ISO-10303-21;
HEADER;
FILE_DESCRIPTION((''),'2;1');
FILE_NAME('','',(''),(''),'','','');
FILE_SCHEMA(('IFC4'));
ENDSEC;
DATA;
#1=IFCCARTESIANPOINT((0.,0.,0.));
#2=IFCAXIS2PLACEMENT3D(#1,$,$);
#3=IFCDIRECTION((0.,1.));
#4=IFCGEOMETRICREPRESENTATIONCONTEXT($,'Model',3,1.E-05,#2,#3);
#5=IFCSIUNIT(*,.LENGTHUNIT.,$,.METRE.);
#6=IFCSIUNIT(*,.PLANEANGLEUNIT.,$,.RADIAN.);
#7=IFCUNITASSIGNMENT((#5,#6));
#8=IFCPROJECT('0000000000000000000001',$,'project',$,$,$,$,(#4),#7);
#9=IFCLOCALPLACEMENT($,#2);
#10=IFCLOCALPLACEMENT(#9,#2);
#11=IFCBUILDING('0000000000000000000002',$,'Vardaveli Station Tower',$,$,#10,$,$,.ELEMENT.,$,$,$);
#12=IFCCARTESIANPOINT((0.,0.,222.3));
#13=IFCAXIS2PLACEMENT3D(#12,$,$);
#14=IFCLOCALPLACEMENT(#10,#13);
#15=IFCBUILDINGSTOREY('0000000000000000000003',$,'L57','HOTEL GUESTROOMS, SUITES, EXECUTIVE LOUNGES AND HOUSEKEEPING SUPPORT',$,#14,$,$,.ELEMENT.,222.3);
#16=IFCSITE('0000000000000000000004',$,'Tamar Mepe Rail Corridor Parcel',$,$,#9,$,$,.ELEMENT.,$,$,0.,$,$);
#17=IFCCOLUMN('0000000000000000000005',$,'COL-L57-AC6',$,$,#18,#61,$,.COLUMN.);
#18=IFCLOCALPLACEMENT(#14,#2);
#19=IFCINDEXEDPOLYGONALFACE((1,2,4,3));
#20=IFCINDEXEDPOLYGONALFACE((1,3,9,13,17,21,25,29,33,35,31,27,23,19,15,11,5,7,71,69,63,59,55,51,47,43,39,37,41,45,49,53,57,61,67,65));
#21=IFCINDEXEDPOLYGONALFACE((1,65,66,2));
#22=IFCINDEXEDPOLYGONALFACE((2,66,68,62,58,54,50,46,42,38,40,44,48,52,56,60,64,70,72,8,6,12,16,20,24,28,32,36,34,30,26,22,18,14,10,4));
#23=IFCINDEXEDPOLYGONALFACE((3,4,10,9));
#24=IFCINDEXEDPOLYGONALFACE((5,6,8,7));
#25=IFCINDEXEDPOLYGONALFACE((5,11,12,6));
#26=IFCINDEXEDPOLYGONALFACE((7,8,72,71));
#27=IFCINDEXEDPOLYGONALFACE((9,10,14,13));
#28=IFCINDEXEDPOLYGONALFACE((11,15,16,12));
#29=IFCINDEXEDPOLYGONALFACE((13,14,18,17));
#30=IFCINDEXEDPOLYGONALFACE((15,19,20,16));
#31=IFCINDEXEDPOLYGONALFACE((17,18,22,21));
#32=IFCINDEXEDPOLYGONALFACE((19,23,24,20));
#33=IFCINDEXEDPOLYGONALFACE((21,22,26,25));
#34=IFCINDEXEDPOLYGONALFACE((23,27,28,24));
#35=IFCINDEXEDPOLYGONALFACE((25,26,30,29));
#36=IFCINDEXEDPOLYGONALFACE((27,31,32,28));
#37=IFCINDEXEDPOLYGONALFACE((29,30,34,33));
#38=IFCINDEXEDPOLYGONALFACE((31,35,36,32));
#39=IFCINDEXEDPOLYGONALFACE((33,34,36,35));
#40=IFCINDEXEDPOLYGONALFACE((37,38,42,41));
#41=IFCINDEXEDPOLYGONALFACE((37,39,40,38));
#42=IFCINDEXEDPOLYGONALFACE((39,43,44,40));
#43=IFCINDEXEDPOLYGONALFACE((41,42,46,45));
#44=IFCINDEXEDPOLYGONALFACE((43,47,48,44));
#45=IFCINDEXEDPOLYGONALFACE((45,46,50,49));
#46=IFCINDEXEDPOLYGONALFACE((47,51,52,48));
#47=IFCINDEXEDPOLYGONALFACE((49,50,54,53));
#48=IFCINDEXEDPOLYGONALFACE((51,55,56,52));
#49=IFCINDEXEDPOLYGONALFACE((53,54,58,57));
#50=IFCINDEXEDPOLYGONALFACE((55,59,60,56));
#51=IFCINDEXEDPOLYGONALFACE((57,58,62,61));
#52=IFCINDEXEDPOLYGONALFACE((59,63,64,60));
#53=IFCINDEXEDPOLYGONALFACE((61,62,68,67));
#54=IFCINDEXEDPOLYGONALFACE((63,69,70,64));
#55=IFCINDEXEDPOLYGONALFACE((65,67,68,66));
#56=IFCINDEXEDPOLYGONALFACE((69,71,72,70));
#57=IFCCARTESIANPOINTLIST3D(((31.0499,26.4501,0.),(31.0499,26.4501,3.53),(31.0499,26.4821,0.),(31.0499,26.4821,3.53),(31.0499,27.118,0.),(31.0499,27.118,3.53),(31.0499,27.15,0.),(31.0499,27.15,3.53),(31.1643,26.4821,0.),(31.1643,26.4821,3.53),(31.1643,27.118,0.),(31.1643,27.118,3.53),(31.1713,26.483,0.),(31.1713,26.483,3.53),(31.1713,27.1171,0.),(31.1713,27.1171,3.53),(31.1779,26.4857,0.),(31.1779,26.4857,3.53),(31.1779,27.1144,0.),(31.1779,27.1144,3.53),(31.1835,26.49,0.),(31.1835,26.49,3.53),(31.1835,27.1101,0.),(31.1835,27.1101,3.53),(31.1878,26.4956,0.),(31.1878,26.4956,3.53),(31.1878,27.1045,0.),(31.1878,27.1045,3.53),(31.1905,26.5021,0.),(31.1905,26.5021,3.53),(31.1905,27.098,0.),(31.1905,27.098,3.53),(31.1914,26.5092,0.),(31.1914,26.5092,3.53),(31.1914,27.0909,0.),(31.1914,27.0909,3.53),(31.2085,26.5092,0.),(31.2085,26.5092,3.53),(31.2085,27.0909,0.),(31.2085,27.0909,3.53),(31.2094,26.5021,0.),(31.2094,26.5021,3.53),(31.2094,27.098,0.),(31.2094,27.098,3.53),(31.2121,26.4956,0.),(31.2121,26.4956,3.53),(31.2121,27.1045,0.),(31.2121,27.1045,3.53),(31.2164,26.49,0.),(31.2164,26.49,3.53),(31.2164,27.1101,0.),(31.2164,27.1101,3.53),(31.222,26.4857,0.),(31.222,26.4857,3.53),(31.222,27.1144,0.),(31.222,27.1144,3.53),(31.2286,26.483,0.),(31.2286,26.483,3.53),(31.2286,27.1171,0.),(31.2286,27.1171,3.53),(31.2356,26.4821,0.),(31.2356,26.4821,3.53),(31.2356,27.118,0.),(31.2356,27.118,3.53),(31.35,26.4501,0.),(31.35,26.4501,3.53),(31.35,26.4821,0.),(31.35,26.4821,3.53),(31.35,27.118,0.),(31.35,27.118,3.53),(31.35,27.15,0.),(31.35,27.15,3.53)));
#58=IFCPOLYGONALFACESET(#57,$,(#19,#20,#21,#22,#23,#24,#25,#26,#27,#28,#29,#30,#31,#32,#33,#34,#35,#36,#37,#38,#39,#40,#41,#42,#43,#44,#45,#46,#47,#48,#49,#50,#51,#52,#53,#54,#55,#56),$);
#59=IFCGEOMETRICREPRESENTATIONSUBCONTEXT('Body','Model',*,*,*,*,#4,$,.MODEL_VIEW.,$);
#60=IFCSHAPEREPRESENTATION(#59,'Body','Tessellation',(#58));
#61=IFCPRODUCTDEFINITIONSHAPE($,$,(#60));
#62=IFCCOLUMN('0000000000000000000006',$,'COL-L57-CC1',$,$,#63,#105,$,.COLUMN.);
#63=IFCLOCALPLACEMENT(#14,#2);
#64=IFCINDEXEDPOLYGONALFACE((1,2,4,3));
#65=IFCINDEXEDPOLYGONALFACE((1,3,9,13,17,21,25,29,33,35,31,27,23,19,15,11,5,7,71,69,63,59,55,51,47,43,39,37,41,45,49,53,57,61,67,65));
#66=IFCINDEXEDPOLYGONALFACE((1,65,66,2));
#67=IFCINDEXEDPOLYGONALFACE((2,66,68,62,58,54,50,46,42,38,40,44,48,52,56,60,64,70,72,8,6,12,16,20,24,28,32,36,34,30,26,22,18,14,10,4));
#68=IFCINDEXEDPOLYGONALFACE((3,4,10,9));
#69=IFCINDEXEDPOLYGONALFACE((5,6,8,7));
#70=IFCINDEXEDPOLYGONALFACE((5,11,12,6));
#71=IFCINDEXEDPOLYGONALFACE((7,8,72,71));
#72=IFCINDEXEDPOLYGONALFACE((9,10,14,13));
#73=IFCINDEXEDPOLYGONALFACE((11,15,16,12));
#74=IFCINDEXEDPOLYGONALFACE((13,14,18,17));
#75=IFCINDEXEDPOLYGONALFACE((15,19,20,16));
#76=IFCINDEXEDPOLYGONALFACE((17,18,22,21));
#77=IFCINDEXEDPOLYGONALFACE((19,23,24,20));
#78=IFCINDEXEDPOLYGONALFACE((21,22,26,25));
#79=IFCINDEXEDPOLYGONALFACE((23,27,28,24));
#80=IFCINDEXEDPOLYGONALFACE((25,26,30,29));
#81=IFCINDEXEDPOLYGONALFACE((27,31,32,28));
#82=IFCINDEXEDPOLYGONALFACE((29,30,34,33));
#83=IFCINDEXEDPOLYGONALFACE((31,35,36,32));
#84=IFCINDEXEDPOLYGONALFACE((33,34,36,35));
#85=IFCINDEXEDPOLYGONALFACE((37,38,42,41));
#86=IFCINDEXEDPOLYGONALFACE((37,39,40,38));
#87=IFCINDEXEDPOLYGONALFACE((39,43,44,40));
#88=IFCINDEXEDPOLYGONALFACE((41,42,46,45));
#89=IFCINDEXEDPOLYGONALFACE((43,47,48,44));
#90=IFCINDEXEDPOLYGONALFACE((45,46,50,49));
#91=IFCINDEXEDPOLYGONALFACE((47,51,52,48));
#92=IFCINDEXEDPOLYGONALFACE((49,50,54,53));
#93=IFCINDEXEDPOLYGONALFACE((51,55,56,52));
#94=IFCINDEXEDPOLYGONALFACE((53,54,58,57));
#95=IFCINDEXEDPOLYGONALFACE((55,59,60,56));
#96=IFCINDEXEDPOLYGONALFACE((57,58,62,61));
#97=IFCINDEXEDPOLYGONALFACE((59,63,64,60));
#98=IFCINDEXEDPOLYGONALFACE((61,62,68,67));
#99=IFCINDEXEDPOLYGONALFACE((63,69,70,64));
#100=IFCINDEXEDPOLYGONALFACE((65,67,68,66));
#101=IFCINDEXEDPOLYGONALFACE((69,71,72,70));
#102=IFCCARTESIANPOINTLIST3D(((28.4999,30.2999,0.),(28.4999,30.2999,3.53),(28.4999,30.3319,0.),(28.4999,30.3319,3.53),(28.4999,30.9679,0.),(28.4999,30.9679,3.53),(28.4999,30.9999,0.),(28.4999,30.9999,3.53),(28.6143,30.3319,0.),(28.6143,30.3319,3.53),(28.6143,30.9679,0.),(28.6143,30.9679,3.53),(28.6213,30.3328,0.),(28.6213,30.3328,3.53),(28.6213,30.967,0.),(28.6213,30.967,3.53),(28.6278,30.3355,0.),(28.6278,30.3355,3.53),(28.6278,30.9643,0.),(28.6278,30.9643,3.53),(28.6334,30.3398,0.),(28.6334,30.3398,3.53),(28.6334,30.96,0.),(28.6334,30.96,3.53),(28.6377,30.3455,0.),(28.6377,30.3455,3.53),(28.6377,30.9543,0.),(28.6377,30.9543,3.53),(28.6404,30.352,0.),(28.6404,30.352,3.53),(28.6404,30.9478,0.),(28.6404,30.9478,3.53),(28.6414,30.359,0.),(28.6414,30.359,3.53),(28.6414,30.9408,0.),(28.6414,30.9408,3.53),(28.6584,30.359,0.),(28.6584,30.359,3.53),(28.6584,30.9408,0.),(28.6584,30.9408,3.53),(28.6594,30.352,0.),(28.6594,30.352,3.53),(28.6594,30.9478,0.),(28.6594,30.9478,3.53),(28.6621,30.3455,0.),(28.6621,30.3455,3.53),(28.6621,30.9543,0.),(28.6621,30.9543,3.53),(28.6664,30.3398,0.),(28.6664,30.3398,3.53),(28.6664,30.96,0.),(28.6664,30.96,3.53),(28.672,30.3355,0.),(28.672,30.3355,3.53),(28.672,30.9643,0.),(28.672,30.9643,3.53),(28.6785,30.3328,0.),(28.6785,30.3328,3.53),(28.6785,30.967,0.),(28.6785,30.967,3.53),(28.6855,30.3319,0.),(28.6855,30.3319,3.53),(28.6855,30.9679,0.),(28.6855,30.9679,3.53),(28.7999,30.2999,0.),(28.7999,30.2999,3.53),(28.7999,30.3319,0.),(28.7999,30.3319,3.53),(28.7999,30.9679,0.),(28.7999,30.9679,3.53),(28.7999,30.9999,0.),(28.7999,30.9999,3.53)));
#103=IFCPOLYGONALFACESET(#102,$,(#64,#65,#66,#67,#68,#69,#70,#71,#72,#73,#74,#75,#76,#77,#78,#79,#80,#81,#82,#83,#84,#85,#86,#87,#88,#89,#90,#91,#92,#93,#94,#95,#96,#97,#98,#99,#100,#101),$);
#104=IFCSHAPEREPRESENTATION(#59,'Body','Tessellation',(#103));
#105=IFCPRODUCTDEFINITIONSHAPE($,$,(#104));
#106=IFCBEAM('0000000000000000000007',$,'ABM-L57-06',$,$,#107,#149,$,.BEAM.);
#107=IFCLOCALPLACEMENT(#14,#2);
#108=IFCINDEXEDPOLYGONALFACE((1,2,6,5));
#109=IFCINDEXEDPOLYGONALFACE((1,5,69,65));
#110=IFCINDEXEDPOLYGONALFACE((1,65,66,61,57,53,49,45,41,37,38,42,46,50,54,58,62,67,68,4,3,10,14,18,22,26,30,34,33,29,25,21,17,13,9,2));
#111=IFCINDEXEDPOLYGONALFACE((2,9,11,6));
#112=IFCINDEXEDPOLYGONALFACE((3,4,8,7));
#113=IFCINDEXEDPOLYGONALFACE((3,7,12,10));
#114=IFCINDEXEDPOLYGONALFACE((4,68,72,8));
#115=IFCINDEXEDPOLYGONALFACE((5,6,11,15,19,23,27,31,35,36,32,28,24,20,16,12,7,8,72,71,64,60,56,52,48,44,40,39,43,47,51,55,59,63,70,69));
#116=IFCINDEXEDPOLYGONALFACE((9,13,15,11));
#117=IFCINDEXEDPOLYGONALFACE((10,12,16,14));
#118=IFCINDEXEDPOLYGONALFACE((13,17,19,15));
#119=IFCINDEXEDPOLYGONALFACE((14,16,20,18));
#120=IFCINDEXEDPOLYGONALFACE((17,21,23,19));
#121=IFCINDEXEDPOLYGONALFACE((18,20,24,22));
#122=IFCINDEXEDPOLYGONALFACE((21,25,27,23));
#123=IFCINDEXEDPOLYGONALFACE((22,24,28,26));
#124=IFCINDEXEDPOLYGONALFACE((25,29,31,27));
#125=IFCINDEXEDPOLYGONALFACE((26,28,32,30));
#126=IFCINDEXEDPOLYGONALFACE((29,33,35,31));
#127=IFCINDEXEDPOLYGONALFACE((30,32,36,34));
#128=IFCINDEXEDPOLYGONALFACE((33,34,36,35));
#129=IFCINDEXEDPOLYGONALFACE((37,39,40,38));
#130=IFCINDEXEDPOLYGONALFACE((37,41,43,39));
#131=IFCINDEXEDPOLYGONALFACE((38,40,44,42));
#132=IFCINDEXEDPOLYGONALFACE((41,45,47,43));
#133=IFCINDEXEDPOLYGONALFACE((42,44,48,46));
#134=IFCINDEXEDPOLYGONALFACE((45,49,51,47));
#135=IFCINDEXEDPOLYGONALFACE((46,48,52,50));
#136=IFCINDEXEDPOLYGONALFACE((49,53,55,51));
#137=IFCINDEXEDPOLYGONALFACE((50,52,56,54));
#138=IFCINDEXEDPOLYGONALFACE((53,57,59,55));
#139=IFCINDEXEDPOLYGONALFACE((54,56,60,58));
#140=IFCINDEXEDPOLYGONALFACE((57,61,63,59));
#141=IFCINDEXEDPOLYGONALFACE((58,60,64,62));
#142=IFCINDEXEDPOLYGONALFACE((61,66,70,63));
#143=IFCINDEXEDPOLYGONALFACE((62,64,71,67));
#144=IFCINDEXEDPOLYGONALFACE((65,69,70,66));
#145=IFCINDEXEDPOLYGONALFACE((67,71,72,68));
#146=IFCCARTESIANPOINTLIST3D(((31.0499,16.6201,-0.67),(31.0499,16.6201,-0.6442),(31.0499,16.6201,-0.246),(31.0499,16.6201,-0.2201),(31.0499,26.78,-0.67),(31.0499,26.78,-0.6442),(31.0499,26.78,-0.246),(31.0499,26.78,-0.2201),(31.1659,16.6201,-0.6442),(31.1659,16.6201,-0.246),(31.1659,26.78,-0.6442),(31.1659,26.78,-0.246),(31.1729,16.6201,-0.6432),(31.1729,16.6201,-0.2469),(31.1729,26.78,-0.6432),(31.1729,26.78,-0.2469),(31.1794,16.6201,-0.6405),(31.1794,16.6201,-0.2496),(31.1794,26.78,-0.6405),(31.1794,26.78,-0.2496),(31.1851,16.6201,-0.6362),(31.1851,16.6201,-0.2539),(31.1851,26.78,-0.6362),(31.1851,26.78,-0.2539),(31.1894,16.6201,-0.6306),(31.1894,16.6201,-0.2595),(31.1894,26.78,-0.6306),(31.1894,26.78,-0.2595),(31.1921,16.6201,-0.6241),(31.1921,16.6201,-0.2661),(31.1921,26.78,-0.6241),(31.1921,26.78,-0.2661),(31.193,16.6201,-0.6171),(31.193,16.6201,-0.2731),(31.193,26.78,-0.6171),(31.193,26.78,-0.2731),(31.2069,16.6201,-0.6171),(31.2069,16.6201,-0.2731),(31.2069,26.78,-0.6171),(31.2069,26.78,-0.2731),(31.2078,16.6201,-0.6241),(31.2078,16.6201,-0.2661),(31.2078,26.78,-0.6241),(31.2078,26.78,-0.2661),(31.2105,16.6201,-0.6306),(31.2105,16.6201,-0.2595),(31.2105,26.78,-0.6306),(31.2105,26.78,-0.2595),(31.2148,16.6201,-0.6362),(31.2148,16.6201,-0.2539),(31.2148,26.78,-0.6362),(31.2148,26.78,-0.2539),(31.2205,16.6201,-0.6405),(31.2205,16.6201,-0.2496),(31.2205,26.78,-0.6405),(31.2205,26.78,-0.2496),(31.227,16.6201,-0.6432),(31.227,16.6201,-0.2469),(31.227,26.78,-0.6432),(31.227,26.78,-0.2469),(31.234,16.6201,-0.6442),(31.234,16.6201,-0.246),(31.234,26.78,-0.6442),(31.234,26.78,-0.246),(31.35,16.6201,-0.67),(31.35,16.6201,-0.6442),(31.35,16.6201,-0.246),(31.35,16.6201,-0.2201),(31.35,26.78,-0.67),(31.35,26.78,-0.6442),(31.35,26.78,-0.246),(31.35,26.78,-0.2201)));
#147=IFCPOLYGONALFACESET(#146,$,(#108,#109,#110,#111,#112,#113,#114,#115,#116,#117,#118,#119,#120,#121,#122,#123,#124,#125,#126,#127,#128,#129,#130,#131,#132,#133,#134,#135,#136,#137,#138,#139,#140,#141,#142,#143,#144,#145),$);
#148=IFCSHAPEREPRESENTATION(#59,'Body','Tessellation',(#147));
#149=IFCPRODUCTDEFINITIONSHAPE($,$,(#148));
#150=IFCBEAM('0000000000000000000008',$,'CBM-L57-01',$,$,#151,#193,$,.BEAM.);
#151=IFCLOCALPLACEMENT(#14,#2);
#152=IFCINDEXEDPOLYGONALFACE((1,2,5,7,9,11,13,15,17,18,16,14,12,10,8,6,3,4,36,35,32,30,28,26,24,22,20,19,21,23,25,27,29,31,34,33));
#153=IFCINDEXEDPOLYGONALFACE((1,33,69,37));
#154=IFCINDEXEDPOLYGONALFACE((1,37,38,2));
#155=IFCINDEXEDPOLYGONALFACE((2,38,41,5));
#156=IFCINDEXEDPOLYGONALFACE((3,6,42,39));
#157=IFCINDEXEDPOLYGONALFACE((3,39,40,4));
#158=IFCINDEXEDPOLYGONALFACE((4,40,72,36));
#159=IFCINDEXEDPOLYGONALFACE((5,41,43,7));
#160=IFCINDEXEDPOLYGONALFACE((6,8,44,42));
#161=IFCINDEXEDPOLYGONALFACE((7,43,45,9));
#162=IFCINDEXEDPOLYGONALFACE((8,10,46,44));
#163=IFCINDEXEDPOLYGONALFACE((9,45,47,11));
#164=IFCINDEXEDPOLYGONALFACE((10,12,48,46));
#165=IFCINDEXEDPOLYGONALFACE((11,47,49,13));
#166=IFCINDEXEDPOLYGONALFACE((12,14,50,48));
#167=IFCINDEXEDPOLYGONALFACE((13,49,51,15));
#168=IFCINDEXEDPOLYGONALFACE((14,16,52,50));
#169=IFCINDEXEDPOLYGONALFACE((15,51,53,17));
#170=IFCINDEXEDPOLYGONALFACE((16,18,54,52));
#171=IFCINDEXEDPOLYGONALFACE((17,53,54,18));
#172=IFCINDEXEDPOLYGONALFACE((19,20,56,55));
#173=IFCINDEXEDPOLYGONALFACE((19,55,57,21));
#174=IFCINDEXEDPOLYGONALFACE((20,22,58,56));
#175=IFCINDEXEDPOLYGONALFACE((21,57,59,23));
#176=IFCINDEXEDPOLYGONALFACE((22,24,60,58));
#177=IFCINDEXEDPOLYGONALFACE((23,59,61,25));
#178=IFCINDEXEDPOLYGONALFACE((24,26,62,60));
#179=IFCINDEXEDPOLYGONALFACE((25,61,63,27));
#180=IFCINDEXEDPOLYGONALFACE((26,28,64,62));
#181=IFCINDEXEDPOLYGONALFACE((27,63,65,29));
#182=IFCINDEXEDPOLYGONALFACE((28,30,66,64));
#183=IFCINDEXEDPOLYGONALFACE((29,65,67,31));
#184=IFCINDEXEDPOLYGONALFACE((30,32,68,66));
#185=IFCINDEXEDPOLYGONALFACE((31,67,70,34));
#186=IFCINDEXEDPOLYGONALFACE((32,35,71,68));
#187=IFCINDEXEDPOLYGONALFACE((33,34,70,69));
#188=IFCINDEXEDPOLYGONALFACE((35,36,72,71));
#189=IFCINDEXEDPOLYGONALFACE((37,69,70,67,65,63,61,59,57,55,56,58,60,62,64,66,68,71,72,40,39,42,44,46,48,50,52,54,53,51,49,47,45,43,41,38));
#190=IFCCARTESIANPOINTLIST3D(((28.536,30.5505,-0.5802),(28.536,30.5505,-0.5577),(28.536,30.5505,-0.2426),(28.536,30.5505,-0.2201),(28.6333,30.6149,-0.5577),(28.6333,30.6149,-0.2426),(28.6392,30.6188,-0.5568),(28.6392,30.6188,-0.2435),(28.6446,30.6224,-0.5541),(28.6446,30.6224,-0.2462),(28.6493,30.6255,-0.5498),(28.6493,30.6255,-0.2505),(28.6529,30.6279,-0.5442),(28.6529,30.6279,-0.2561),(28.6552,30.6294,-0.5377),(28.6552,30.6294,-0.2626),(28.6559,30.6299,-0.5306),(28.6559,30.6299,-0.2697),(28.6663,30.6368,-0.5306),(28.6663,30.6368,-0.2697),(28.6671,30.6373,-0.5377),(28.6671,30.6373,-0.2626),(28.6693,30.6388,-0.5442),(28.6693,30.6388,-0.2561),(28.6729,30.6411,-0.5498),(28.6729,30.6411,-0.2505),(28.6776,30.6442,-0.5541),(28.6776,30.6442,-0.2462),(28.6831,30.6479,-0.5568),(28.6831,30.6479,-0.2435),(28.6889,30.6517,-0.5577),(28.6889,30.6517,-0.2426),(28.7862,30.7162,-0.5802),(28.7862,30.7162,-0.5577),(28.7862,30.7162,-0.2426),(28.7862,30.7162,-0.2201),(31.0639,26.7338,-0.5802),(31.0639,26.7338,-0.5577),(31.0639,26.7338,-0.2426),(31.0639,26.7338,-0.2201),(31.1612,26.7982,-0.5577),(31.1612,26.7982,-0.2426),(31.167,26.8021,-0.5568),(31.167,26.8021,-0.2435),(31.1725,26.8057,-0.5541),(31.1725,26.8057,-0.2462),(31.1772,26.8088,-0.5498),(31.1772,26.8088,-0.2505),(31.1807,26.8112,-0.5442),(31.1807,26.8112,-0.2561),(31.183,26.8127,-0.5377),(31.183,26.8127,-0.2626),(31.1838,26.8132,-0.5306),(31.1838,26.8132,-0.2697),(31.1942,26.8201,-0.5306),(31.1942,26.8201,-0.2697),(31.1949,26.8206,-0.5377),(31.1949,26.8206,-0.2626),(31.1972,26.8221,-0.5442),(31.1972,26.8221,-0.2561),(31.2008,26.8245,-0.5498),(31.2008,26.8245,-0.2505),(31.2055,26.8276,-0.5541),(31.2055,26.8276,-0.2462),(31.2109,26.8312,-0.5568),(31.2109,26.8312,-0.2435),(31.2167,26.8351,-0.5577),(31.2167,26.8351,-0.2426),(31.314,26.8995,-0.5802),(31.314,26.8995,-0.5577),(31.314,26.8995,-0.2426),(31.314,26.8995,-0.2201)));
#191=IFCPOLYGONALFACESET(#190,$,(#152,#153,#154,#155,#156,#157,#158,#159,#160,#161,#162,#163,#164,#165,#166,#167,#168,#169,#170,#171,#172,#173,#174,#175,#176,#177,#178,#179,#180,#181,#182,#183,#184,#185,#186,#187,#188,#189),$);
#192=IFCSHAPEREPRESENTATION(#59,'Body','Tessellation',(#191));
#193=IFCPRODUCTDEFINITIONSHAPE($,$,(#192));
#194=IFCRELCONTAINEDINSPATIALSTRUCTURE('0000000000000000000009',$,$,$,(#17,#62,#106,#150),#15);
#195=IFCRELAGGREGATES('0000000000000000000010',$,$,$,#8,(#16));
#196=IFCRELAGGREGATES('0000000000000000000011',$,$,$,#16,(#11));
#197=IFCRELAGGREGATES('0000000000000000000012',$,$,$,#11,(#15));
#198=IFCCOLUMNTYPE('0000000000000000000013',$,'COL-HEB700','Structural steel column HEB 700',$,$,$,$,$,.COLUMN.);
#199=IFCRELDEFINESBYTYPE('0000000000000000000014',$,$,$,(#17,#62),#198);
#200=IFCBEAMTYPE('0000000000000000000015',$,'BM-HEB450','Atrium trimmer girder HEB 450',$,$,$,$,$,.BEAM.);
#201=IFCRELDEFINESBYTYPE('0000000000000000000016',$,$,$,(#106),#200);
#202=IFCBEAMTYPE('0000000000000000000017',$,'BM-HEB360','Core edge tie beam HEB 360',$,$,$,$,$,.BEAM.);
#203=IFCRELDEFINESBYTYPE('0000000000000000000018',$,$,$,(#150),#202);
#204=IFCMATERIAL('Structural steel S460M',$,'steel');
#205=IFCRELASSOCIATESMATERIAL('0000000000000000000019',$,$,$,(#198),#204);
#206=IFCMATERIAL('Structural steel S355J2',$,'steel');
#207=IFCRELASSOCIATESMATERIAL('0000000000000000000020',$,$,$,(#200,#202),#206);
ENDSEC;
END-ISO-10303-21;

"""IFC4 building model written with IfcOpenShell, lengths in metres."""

from ifc_helpers import new_model, si_unit, direction, frame, origin, origin_2d, place, context, subcontext, project, spatial, i_section, extrude, source, transform, mapped, material, material_profile, profile_set, type_object, element, save


model = new_model("IFC4")

# Units and contexts
model_context = context("Model", 3, precision=1e-05, world=origin(), true_north=direction((0.0, 1.0)))
body_context = subcontext(model_context, "Body", "Model", "MODEL_VIEW")
ifc_project = project(units=[si_unit("LENGTHUNIT", "METRE"), si_unit("PLANEANGLEUNIT", "RADIAN")], contexts=[model_context])

# Site, building, storey
site_placement = place(None, origin())
site = spatial("IfcSite", under=ifc_project, at=site_placement, Name="Tamar Mepe Rail Corridor Parcel", CompositionType="ELEMENT", RefElevation=0.0)
building_placement = place(site_placement, origin())
building = spatial("IfcBuilding", under=site, at=building_placement, Name="Vardaveli Station Tower", CompositionType="ELEMENT")
storey_placement = place(building_placement, frame((0.0, 0.0, 222.3)))
storey = spatial("IfcBuildingStorey", under=building, at=storey_placement, Name="L57", Description="HOTEL GUESTROOMS, SUITES, EXECUTIVE LOUNGES AND HOUSEKEEPING SUPPORT", CompositionType="ELEMENT", Elevation=222.3)

# Columns
ifc_material_1 = material(Name="Structural steel S460M", Category="steel")
ifc_material_profile_1 = material_profile(ifc_material_1, i_section(OverallWidth=0.3, OverallDepth=0.7, WebThickness=0.0171, FlangeThickness=0.032, FilletRadius=0.0271, at=origin_2d()), Name="HEB 700")
ifc_profile_set_1 = profile_set([ifc_material_profile_1], Name="Structural steel S460M")
column_type = type_object("IfcColumnType", Name="COL-HEB700", Description="Structural steel column HEB 700", PredefinedType="COLUMN", material=ifc_profile_set_1)
shared_shape_1 = source(origin(), body_context, "Body", "SweptSolid", [
    extrude(i_section(OverallWidth=0.3, OverallDepth=0.7, WebThickness=0.0171, FlangeThickness=0.032, FilletRadius=0.0271, at=origin_2d()), origin(), (0.0, 0.0, 1.0), 3.53),
])
for number, where, z_axis, x_axis, name in (
    (1, (31.2, 26.8, 0.0), (0.0, 0.0, 1.0), (1.0, 0.0, 0.0), "COL-L57-AC6"),
    (2, (28.6499, 30.6499, 0.0), (0.0, 0.0, 1.0), (1.0, 0.0, 0.0), "COL-L57-CC1"),
):
    element("IfcColumn", number, at=place(storey_placement, frame(where, z_axis=z_axis, x_axis=x_axis)), inside=storey, type_object=column_type, Name=name, PredefinedType="COLUMN", context=body_context, shape_type="MappedRepresentation", body=[
        mapped(shared_shape_1, transform((0.0, 0.0, 0.0), scale=1.0)),
    ])

# Beams
ifc_material_2 = material(Name="Structural steel S355J2", Category="steel")
ifc_material_profile_2 = material_profile(ifc_material_2, i_section(OverallWidth=0.3, OverallDepth=0.45, WebThickness=0.0139, FlangeThickness=0.0259, FilletRadius=0.0271, at=origin_2d()), Name="HEB 450")
ifc_profile_set_2 = profile_set([ifc_material_profile_2], Name="Structural steel S355J2")
beam_type_1 = type_object("IfcBeamType", Name="BM-HEB450", Description="Atrium trimmer girder HEB 450", PredefinedType="BEAM", material=ifc_profile_set_2)
shared_shape_2 = source(origin(), body_context, "Body", "SweptSolid", [
    extrude(i_section(OverallWidth=0.3, OverallDepth=0.45, WebThickness=0.0139, FlangeThickness=0.0259, FilletRadius=0.0271, at=origin_2d()), origin(), (0.0, 0.0, 1.0), 10.1599),
])
beam_1_placement = place(storey_placement, frame((31.2, 26.78, -0.4451), z_axis=(0.0, -1.0, 0.0), x_axis=(1.0, 0.0, 0.0)))
element("IfcBeam", 3, at=beam_1_placement, inside=storey, type_object=beam_type_1, Name="ABM-L57-06", PredefinedType="BEAM", context=body_context, shape_type="MappedRepresentation", body=[
    mapped(shared_shape_2, transform((0.0, 0.0, 0.0), scale=1.0)),
])
ifc_material_profile_3 = material_profile(ifc_material_2, i_section(OverallWidth=0.3, OverallDepth=0.3601, WebThickness=0.0125, FlangeThickness=0.0225, FilletRadius=0.0271, at=origin_2d()), Name="HEB 360")
ifc_profile_set_3 = profile_set([ifc_material_profile_3], Name="Structural steel S355J2")
beam_type_2 = type_object("IfcBeamType", Name="BM-HEB360", Description="Core edge tie beam HEB 360", PredefinedType="BEAM", material=ifc_profile_set_3)
shared_shape_3 = source(origin(), body_context, "Body", "SweptSolid", [
    extrude(i_section(OverallWidth=0.3, OverallDepth=0.3601, WebThickness=0.0125, FlangeThickness=0.0225, FilletRadius=0.0271, at=origin_2d()), origin(), (0.0, 0.0, 1.0), 4.5779),
])
beam_2_placement = place(storey_placement, frame((31.189, 26.8167, -0.4001), z_axis=(-0.552187, 0.83372, 0.0), x_axis=(-0.83372, -0.552187, 0.0)))
element("IfcBeam", 4, at=beam_2_placement, inside=storey, type_object=beam_type_2, Name="CBM-L57-01", PredefinedType="BEAM", context=body_context, shape_type="MappedRepresentation", body=[
    mapped(shared_shape_3, transform((0.0, 0.0, 0.0), scale=1.0)),
])

save(model, "model.ifc")
